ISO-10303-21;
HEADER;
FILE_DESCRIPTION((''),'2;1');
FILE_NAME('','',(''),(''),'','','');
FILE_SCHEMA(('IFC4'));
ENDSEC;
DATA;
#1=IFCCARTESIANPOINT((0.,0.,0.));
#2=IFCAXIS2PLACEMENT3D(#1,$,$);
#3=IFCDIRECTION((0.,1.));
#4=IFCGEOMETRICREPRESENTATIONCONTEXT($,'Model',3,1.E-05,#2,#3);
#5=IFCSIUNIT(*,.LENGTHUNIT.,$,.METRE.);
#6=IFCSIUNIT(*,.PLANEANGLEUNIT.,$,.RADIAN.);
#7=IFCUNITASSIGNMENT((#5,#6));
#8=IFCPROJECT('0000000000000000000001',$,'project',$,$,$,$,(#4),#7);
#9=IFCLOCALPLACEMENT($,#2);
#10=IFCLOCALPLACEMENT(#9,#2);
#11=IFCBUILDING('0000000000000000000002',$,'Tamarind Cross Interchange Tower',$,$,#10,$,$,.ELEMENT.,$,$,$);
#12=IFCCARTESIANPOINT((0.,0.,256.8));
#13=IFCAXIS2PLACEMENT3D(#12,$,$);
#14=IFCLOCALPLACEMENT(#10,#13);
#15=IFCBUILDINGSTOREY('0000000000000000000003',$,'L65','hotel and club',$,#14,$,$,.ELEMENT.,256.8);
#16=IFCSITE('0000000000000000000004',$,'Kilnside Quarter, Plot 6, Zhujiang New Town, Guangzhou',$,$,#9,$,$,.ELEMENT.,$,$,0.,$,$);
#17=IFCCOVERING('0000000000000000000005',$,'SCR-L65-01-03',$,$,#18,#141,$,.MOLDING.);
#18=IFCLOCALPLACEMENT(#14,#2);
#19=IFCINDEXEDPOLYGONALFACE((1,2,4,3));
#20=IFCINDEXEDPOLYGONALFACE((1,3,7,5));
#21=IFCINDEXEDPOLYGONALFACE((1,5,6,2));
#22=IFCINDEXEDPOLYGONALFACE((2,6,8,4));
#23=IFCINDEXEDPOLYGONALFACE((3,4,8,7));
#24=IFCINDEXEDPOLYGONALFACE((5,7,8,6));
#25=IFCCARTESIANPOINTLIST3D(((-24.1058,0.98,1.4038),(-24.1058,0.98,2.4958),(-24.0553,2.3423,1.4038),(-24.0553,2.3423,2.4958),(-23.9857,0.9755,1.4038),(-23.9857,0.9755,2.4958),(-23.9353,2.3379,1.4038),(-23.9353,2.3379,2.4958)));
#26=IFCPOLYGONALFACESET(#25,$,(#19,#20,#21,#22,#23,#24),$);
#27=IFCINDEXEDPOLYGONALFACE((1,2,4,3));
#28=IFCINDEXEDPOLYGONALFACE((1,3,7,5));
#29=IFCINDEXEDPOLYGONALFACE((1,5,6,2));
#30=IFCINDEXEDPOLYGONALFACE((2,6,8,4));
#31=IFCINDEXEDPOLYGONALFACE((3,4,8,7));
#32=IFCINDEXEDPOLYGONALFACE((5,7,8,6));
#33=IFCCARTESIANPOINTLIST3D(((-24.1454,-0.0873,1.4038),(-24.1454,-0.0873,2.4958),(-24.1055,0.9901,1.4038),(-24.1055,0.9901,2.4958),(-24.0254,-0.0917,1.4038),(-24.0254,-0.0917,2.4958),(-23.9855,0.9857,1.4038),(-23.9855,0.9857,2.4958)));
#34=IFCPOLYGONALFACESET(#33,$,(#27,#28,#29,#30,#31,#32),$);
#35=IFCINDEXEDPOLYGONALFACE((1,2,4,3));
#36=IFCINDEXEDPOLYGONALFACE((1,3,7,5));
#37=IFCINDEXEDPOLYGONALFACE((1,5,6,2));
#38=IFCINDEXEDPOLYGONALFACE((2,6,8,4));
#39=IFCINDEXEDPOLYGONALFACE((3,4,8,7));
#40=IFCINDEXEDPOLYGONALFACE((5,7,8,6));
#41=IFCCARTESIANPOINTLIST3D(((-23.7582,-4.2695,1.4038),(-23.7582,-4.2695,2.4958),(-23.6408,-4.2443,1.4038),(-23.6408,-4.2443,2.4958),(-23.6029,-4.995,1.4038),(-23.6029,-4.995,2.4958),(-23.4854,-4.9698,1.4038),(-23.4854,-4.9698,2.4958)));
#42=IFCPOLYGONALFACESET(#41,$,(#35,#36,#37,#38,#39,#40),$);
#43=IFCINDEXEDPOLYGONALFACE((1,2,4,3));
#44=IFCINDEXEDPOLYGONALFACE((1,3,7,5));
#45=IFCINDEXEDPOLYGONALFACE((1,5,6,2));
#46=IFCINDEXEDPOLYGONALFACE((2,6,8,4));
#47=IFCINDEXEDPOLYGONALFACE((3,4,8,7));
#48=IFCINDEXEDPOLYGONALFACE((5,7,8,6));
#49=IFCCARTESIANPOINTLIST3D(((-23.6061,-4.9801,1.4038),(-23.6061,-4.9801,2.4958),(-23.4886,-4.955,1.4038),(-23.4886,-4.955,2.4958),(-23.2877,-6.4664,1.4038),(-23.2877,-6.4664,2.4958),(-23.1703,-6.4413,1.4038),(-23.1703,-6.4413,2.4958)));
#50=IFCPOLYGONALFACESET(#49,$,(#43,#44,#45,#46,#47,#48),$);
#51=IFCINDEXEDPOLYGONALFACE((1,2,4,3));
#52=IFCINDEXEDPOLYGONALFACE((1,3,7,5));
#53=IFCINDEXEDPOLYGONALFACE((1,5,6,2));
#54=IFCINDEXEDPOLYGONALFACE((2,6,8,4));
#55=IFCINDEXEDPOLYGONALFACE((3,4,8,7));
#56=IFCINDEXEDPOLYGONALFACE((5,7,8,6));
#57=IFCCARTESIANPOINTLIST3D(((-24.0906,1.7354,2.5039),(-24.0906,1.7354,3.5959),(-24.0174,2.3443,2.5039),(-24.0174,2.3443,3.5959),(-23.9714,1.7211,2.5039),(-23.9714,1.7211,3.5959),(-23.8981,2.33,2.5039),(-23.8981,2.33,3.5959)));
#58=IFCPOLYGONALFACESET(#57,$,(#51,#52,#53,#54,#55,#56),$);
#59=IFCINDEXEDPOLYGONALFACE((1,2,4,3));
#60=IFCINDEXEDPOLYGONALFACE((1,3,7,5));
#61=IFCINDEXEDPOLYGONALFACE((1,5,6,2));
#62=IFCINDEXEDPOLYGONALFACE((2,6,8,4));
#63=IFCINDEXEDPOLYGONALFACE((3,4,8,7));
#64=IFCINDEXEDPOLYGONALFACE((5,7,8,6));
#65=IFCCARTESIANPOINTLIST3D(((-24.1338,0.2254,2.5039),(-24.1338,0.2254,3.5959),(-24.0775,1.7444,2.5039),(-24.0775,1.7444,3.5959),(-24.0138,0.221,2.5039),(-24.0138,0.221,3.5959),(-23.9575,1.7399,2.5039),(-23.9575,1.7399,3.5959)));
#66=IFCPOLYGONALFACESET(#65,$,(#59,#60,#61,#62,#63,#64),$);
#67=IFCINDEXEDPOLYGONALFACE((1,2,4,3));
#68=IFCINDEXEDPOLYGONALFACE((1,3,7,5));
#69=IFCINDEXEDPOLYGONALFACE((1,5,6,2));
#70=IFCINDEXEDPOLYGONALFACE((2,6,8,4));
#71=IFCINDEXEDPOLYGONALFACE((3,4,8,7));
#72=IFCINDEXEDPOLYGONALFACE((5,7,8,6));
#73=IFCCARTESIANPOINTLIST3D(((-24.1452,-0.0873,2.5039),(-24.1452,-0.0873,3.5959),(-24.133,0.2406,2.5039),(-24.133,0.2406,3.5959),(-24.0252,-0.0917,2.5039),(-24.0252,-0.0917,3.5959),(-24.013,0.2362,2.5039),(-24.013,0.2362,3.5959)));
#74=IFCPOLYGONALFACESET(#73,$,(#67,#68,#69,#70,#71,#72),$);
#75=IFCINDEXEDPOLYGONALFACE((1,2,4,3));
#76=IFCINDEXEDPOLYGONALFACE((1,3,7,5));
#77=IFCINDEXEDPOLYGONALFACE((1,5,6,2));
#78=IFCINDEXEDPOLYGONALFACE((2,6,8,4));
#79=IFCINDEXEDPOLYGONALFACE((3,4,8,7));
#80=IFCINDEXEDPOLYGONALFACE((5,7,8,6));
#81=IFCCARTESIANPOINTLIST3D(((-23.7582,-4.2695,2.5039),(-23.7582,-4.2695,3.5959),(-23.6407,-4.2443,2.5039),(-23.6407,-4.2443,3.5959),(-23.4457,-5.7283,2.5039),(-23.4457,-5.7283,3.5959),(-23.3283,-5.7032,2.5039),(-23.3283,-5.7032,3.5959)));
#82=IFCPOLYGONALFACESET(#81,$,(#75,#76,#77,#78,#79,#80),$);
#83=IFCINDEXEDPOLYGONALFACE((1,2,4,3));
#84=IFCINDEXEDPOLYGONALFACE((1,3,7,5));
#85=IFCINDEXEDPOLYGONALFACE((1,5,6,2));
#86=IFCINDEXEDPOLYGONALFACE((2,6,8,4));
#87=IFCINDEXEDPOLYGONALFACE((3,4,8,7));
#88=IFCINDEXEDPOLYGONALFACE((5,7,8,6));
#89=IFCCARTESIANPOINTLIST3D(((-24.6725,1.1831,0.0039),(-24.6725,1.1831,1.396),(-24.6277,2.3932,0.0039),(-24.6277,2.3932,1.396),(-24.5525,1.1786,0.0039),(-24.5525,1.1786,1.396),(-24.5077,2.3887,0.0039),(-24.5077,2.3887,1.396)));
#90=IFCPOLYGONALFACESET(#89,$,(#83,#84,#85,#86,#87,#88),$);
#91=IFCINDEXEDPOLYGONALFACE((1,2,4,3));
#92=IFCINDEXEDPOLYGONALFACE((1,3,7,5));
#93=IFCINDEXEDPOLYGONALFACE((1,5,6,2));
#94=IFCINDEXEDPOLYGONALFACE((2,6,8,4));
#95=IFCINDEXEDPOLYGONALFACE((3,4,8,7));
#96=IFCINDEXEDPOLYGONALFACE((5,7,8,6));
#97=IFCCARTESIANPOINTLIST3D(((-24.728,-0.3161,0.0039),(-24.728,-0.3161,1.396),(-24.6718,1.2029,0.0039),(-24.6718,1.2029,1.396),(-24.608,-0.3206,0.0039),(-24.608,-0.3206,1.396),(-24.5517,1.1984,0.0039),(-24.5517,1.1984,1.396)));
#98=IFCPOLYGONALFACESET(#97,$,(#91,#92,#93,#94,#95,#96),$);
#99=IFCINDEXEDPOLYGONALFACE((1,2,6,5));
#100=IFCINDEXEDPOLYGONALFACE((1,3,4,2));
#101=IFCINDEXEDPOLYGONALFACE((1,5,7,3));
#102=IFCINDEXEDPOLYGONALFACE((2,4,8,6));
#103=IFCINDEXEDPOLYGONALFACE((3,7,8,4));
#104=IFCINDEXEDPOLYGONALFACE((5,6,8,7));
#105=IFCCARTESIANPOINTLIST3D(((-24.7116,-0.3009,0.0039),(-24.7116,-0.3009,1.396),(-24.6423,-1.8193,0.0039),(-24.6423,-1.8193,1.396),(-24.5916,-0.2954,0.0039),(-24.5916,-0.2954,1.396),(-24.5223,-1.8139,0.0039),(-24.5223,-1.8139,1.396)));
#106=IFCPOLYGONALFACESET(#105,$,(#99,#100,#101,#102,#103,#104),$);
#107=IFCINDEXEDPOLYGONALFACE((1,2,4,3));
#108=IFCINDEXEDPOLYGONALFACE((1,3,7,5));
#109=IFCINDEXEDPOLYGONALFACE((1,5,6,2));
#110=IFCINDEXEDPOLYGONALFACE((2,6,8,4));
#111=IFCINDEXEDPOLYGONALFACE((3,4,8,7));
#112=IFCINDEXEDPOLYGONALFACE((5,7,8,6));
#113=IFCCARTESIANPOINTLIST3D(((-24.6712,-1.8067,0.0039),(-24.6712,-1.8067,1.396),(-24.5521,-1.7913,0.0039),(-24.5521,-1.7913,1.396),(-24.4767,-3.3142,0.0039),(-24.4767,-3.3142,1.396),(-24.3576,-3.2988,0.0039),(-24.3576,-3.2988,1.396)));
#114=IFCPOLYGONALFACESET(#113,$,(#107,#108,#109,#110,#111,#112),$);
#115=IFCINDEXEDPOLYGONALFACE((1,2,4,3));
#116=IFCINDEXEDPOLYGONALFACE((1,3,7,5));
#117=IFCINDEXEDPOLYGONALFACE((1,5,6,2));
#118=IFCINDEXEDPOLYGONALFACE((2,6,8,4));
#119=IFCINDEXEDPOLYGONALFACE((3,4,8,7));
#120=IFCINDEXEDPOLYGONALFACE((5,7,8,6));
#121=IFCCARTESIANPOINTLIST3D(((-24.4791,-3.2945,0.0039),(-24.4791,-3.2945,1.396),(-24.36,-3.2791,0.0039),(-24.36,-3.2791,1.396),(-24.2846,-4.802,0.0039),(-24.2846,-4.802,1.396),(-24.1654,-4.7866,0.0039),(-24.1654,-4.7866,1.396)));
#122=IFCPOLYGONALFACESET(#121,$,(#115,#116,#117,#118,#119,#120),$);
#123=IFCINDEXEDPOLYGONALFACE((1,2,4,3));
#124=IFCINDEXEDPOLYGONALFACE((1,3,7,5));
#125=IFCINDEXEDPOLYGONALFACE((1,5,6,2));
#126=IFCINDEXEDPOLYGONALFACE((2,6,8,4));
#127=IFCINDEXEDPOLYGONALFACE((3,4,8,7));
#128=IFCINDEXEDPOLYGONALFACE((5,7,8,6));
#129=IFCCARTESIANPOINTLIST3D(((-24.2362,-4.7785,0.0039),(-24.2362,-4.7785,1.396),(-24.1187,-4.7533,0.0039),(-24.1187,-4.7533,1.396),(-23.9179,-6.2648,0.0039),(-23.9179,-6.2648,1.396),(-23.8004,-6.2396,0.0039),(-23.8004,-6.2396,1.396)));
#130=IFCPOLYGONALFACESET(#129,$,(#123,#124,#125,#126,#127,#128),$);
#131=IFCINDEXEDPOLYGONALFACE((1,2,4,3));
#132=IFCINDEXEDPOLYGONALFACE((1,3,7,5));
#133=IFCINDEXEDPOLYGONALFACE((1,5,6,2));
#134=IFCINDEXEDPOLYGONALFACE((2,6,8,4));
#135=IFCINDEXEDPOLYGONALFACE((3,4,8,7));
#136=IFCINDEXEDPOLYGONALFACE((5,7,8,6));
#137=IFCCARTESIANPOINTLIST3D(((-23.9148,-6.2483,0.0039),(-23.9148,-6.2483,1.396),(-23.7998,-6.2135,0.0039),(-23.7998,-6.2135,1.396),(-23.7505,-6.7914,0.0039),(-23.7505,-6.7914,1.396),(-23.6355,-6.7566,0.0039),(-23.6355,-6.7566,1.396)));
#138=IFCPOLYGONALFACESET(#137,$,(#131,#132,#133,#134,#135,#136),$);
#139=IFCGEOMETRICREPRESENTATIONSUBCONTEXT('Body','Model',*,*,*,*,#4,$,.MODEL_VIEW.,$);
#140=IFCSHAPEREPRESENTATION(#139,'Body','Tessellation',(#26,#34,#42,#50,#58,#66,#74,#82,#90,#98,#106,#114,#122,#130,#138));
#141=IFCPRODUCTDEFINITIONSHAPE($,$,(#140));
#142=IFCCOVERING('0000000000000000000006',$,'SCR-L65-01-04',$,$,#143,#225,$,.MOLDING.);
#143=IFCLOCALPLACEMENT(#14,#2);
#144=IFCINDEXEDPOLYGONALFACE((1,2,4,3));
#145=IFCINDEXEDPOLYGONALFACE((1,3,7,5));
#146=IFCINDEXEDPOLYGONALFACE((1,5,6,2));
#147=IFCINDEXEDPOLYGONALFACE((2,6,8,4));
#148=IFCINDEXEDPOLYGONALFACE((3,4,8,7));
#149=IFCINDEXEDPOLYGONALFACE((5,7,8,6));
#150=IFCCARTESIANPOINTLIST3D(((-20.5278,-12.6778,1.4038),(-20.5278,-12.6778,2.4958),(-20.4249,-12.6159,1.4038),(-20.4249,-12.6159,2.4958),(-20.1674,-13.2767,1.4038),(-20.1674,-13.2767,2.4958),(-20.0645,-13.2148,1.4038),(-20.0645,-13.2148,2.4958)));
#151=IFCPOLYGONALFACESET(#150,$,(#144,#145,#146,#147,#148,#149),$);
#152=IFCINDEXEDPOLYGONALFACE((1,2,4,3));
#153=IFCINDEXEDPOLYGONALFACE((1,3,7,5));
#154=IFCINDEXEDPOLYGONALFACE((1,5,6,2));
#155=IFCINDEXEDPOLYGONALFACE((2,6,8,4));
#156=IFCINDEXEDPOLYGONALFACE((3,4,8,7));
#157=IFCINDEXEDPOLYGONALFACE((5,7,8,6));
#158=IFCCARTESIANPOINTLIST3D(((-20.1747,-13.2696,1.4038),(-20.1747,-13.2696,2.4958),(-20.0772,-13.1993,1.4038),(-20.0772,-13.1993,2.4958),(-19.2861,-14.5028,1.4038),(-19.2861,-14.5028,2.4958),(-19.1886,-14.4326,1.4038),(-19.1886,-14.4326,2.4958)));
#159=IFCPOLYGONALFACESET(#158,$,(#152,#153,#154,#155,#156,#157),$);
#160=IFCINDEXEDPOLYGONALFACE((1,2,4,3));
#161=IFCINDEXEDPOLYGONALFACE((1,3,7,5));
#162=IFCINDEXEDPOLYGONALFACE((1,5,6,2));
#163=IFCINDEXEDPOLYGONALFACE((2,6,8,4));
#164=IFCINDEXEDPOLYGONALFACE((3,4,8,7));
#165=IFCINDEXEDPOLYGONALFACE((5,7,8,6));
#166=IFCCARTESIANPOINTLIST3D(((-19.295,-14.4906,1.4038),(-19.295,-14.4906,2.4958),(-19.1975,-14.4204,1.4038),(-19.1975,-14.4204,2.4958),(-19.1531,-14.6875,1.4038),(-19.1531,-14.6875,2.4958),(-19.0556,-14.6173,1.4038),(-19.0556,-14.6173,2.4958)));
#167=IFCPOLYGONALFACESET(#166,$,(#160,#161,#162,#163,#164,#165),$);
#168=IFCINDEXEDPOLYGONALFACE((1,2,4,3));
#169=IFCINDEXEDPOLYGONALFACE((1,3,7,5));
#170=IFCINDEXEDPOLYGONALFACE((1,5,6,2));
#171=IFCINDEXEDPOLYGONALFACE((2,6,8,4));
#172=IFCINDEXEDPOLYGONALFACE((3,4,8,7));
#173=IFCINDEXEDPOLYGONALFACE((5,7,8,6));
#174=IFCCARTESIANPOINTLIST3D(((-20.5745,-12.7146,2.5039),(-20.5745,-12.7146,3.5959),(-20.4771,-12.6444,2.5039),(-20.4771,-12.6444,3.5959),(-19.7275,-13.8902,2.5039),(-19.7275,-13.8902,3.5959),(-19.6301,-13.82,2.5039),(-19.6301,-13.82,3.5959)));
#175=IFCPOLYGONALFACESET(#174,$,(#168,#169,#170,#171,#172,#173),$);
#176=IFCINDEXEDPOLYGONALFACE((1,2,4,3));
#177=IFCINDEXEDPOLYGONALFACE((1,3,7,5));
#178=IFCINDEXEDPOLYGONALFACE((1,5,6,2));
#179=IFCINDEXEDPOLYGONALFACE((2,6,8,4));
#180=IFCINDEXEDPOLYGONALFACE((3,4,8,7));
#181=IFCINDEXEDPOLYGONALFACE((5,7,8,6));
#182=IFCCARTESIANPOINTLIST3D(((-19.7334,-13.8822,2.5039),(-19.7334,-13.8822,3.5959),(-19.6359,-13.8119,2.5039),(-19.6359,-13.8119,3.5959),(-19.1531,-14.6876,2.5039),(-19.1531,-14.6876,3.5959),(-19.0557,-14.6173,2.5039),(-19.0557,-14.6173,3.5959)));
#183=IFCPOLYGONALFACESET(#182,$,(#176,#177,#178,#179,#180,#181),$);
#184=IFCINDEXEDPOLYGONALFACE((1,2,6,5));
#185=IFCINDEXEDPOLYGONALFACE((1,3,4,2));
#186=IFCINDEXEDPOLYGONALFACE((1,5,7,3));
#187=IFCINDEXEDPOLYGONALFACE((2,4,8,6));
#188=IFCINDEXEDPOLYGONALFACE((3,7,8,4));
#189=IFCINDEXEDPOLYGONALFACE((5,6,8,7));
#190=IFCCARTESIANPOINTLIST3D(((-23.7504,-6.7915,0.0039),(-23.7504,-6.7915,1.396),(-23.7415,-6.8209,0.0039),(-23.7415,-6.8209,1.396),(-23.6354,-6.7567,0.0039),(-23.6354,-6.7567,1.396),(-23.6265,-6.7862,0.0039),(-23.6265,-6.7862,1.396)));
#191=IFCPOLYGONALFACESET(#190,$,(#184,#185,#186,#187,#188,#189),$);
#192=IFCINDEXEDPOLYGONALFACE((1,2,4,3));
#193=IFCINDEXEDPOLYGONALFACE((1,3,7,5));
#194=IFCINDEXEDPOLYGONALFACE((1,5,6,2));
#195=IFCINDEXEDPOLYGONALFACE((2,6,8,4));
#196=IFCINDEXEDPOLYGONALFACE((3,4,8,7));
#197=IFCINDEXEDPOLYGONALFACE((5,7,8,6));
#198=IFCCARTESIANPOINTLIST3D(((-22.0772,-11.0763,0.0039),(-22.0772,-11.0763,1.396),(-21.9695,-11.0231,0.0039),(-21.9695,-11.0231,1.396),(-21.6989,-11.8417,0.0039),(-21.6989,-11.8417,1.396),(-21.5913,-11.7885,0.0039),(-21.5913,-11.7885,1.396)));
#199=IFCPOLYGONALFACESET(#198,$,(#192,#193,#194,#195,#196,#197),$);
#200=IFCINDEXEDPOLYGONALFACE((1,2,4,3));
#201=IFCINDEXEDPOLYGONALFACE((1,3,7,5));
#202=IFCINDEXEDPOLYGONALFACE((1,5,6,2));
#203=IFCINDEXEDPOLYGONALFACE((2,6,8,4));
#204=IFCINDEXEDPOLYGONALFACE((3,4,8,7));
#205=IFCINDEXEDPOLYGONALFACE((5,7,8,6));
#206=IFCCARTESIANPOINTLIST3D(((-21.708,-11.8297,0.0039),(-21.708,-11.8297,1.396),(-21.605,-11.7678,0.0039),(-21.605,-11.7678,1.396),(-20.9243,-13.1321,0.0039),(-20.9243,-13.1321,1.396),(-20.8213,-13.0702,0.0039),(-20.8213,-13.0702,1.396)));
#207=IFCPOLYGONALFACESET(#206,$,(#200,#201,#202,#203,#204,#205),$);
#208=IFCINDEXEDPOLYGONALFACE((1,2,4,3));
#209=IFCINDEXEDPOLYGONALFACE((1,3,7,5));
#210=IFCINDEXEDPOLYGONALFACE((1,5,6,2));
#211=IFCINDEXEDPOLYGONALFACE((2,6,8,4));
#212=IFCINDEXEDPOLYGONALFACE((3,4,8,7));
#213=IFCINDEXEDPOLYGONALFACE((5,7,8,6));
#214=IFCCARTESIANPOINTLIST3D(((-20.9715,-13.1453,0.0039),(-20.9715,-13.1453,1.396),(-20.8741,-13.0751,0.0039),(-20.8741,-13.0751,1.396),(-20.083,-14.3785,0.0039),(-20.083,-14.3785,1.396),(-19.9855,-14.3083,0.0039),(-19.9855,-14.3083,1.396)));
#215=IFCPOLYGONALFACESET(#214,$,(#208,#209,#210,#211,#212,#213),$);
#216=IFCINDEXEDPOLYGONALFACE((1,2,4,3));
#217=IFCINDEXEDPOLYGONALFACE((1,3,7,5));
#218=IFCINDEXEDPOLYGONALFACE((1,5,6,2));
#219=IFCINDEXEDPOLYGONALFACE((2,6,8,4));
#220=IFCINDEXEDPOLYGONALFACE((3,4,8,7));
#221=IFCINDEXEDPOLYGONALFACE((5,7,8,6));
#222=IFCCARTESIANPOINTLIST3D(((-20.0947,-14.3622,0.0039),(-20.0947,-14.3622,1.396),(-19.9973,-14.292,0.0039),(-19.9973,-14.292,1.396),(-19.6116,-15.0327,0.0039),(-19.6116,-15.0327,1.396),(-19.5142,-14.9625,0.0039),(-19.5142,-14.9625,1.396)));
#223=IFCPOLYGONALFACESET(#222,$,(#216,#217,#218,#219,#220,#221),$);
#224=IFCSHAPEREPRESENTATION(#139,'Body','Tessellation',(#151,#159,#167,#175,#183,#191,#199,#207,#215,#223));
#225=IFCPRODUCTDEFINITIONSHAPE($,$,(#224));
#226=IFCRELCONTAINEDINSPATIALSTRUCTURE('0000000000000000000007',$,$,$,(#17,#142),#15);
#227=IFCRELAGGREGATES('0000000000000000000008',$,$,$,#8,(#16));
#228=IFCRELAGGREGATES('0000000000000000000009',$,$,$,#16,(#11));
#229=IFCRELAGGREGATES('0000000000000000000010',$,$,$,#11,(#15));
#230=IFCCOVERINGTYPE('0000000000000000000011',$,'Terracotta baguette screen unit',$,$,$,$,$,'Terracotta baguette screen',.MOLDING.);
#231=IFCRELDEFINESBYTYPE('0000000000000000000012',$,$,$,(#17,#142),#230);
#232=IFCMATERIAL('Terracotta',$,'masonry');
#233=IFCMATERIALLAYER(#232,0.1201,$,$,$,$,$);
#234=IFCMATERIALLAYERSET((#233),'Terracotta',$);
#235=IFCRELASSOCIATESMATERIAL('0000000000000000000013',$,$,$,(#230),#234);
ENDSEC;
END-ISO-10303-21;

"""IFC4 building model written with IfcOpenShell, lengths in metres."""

from ifc_helpers import new_model, si_unit, direction, frame, origin, origin_2d, place, context, subcontext, project, spatial, rectangle, extrude, material, layer, layer_set, type_object, element, save


model = new_model("IFC4")

# Units and contexts
model_context = context("Model", 3, precision=1e-05, world=origin(), true_north=direction((0.0, 1.0)))
body_context = subcontext(model_context, "Body", "Model", "MODEL_VIEW")
ifc_project = project(units=[si_unit("LENGTHUNIT", "METRE"), si_unit("PLANEANGLEUNIT", "RADIAN")], contexts=[model_context])

# Site, building, storey
site_placement = place(None, origin())
site = spatial("IfcSite", under=ifc_project, at=site_placement, Name="Kilnside Quarter, Plot 6, Zhujiang New Town, Guangzhou", CompositionType="ELEMENT", RefElevation=0.0)
building_placement = place(site_placement, origin())
building = spatial("IfcBuilding", under=site, at=building_placement, Name="Tamarind Cross Interchange Tower", CompositionType="ELEMENT")
storey_placement = place(building_placement, frame((0.0, 0.0, 256.8)))
storey = spatial("IfcBuildingStorey", under=building, at=storey_placement, Name="L65", Description="hotel and club", CompositionType="ELEMENT", Elevation=256.8)

# Coverings
ifc_material_1 = material(Name="Terracotta", Category="masonry")
ifc_layer_1 = layer(ifc_material_1, 0.1201)
ifc_layer_set_1 = layer_set([ifc_layer_1], Name="Terracotta")
covering_type = type_object("IfcCoveringType", Name="Terracotta baguette screen unit", ElementType="Terracotta baguette screen", PredefinedType="MOLDING", material=ifc_layer_set_1)
covering_1_placement = place(storey_placement, origin())
element("IfcCovering", 1, at=covering_1_placement, inside=storey, type_object=covering_type, Name="SCR-L65-01-03", PredefinedType="MOLDING", context=body_context, shape_type="SweptSolid", body=[
    extrude(rectangle(XDim=1.3633, YDim=0.1201, at=origin_2d()), frame((-24.0205, 1.6589, 1.4038), z_axis=(0.0, 0.0, 1.0), x_axis=(-0.037025, -0.999314, 0.0)), (0.0, 0.0, 1.0), 1.092),
    extrude(rectangle(XDim=1.0781, YDim=0.1201, at=origin_2d()), frame((-24.0654, 0.4492, 1.4038), z_axis=(0.0, 0.0, 1.0), x_axis=(-0.037025, -0.999314, 0.0)), (0.0, 0.0, 1.0), 1.092),
    extrude(rectangle(XDim=0.7419, YDim=0.1201, at=origin_2d()), frame((-23.6218, -4.6196, 1.4038), z_axis=(0.0, 0.0, 1.0), x_axis=(0.209425, -0.977825, 0.0)), (0.0, 0.0, 1.0), 1.092),
    extrude(rectangle(XDim=1.52, YDim=0.1201, at=origin_2d()), frame((-23.3882, -5.7107, 1.4038), z_axis=(0.0, 0.0, 1.0), x_axis=(0.209425, -0.977825, 0.0)), (0.0, 0.0, 1.0), 1.092),
    extrude(rectangle(XDim=0.6133, YDim=0.1201, at=origin_2d()), frame((-23.9944, 2.0327, 2.5039), z_axis=(0.0, 0.0, 1.0), x_axis=(-0.119421, -0.992844, 0.0)), (0.0, 0.0, 1.0), 1.092),
    extrude(rectangle(XDim=1.52, YDim=0.1201, at=origin_2d()), frame((-24.0457, 0.9827, 2.5039), z_axis=(0.0, 0.0, 1.0), x_axis=(-0.037025, -0.999314, 0.0)), (0.0, 0.0, 1.0), 1.092),
    extrude(rectangle(XDim=0.3281, YDim=0.1201, at=origin_2d()), frame((-24.0791, 0.0745, 2.5039), z_axis=(0.0, 0.0, 1.0), x_axis=(-0.037025, -0.999314, 0.0)), (0.0, 0.0, 1.0), 1.092),
    extrude(rectangle(XDim=1.4919, YDim=0.1201, at=origin_2d()), frame((-23.5432, -4.9863, 2.5039), z_axis=(0.0, 0.0, 1.0), x_axis=(0.209425, -0.977825, 0.0)), (0.0, 0.0, 1.0), 1.092),
    extrude(rectangle(XDim=1.2109, YDim=0.1201, at=origin_2d()), frame((-24.5901, 1.7859, 0.0039), z_axis=(0.0, 0.0, 1.0), x_axis=(-0.037025, -0.999314, 0.0)), (0.0, 0.0, 1.0), 1.3921),
    extrude(rectangle(XDim=1.52, YDim=0.1201, at=origin_2d()), frame((-24.6399, 0.4412, 0.0039), z_axis=(0.0, 0.0, 1.0), x_axis=(-0.037025, -0.999314, 0.0)), (0.0, 0.0, 1.0), 1.3921),
    extrude(rectangle(XDim=1.52, YDim=0.1201, at=origin_2d()), frame((-24.6169, -1.0574, 0.0039), z_axis=(0.0, 0.0, 1.0), x_axis=(0.045624, -0.998959, 0.0)), (0.0, 0.0, 1.0), 1.3921),
    extrude(rectangle(XDim=1.52, YDim=0.1201, at=origin_2d()), frame((-24.5144, -2.5527, 0.0039), z_axis=(0.0, 0.0, 1.0), x_axis=(0.127962, -0.991779, 0.0)), (0.0, 0.0, 1.0), 1.3921),
    extrude(rectangle(XDim=1.52, YDim=0.1201, at=origin_2d()), frame((-24.3223, -4.0405, 0.0039), z_axis=(0.0, 0.0, 1.0), x_axis=(0.127962, -0.991779, 0.0)), (0.0, 0.0, 1.0), 1.3921),
    extrude(rectangle(XDim=1.52, YDim=0.1201, at=origin_2d()), frame((-24.0183, -5.509, 0.0039), z_axis=(0.0, 0.0, 1.0), x_axis=(0.209425, -0.977825, 0.0)), (0.0, 0.0, 1.0), 1.3921),
    extrude(rectangle(XDim=0.5674, YDim=0.1201, at=origin_2d()), frame((-23.7751, -6.5024, 0.0039), z_axis=(0.0, 0.0, 1.0), x_axis=(0.289458, -0.957191, 0.0)), (0.0, 0.0, 1.0), 1.3921),
])
covering_2_placement = place(storey_placement, origin())
element("IfcCovering", 2, at=covering_2_placement, inside=storey, type_object=covering_type, Name="SCR-L65-01-04", PredefinedType="MOLDING", context=body_context, shape_type="SweptSolid", body=[
    extrude(rectangle(XDim=0.699, YDim=0.1201, at=origin_2d()), frame((-20.2961, -12.9463, 1.4038), z_axis=(0.0, 0.0, 1.0), x_axis=(0.515577, -0.856843, 0.0)), (0.0, 0.0, 1.0), 1.092),
    extrude(rectangle(XDim=1.52, YDim=0.1201, at=origin_2d()), frame((-19.6816, -13.8511, 1.4038), z_axis=(0.0, 0.0, 1.0), x_axis=(0.584574, -0.81134, 0.0)), (0.0, 0.0, 1.0), 1.092),
    extrude(rectangle(XDim=0.2427, YDim=0.1201, at=origin_2d()), frame((-19.1753, -14.554, 1.4038), z_axis=(0.0, 0.0, 1.0), x_axis=(0.584574, -0.81134, 0.0)), (0.0, 0.0, 1.0), 1.092),
    extrude(rectangle(XDim=1.449, YDim=0.1201, at=origin_2d()), frame((-20.1023, -13.2673, 2.5039), z_axis=(0.0, 0.0, 1.0), x_axis=(0.584574, -0.81134, 0.0)), (0.0, 0.0, 1.0), 1.092),
    extrude(rectangle(XDim=0.9927, YDim=0.1201, at=origin_2d()), frame((-19.3945, -14.2498, 2.5039), z_axis=(0.0, 0.0, 1.0), x_axis=(0.584574, -0.81134, 0.0)), (0.0, 0.0, 1.0), 1.092),
    extrude(rectangle(XDim=0.0308, YDim=0.1201, at=origin_2d()), frame((-23.6885, -6.7888, 0.0039), z_axis=(0.0, 0.0, 1.0), x_axis=(0.289458, -0.957191, 0.0)), (0.0, 0.0, 1.0), 1.3921),
    extrude(rectangle(XDim=0.8538, YDim=0.1201, at=origin_2d()), frame((-21.8342, -11.4324, 0.0039), z_axis=(0.0, 0.0, 1.0), x_axis=(0.443059, -0.896493, 0.0)), (0.0, 0.0, 1.0), 1.3921),
    extrude(rectangle(XDim=1.52, YDim=0.1201, at=origin_2d()), frame((-21.2646, -12.45, 0.0039), z_axis=(0.0, 0.0, 1.0), x_axis=(0.515577, -0.856843, 0.0)), (0.0, 0.0, 1.0), 1.3921),
    extrude(rectangle(XDim=1.52, YDim=0.1201, at=origin_2d()), frame((-20.4785, -13.7268, 0.0039), z_axis=(0.0, 0.0, 1.0), x_axis=(0.584574, -0.81134, 0.0)), (0.0, 0.0, 1.0), 1.3921),
    extrude(rectangle(XDim=0.8264, YDim=0.1201, at=origin_2d()), frame((-19.8044, -14.6624, 0.0039), z_axis=(0.0, 0.0, 1.0), x_axis=(0.584574, -0.81134, 0.0)), (0.0, 0.0, 1.0), 1.3921),
])

save(model, "model.ifc")
